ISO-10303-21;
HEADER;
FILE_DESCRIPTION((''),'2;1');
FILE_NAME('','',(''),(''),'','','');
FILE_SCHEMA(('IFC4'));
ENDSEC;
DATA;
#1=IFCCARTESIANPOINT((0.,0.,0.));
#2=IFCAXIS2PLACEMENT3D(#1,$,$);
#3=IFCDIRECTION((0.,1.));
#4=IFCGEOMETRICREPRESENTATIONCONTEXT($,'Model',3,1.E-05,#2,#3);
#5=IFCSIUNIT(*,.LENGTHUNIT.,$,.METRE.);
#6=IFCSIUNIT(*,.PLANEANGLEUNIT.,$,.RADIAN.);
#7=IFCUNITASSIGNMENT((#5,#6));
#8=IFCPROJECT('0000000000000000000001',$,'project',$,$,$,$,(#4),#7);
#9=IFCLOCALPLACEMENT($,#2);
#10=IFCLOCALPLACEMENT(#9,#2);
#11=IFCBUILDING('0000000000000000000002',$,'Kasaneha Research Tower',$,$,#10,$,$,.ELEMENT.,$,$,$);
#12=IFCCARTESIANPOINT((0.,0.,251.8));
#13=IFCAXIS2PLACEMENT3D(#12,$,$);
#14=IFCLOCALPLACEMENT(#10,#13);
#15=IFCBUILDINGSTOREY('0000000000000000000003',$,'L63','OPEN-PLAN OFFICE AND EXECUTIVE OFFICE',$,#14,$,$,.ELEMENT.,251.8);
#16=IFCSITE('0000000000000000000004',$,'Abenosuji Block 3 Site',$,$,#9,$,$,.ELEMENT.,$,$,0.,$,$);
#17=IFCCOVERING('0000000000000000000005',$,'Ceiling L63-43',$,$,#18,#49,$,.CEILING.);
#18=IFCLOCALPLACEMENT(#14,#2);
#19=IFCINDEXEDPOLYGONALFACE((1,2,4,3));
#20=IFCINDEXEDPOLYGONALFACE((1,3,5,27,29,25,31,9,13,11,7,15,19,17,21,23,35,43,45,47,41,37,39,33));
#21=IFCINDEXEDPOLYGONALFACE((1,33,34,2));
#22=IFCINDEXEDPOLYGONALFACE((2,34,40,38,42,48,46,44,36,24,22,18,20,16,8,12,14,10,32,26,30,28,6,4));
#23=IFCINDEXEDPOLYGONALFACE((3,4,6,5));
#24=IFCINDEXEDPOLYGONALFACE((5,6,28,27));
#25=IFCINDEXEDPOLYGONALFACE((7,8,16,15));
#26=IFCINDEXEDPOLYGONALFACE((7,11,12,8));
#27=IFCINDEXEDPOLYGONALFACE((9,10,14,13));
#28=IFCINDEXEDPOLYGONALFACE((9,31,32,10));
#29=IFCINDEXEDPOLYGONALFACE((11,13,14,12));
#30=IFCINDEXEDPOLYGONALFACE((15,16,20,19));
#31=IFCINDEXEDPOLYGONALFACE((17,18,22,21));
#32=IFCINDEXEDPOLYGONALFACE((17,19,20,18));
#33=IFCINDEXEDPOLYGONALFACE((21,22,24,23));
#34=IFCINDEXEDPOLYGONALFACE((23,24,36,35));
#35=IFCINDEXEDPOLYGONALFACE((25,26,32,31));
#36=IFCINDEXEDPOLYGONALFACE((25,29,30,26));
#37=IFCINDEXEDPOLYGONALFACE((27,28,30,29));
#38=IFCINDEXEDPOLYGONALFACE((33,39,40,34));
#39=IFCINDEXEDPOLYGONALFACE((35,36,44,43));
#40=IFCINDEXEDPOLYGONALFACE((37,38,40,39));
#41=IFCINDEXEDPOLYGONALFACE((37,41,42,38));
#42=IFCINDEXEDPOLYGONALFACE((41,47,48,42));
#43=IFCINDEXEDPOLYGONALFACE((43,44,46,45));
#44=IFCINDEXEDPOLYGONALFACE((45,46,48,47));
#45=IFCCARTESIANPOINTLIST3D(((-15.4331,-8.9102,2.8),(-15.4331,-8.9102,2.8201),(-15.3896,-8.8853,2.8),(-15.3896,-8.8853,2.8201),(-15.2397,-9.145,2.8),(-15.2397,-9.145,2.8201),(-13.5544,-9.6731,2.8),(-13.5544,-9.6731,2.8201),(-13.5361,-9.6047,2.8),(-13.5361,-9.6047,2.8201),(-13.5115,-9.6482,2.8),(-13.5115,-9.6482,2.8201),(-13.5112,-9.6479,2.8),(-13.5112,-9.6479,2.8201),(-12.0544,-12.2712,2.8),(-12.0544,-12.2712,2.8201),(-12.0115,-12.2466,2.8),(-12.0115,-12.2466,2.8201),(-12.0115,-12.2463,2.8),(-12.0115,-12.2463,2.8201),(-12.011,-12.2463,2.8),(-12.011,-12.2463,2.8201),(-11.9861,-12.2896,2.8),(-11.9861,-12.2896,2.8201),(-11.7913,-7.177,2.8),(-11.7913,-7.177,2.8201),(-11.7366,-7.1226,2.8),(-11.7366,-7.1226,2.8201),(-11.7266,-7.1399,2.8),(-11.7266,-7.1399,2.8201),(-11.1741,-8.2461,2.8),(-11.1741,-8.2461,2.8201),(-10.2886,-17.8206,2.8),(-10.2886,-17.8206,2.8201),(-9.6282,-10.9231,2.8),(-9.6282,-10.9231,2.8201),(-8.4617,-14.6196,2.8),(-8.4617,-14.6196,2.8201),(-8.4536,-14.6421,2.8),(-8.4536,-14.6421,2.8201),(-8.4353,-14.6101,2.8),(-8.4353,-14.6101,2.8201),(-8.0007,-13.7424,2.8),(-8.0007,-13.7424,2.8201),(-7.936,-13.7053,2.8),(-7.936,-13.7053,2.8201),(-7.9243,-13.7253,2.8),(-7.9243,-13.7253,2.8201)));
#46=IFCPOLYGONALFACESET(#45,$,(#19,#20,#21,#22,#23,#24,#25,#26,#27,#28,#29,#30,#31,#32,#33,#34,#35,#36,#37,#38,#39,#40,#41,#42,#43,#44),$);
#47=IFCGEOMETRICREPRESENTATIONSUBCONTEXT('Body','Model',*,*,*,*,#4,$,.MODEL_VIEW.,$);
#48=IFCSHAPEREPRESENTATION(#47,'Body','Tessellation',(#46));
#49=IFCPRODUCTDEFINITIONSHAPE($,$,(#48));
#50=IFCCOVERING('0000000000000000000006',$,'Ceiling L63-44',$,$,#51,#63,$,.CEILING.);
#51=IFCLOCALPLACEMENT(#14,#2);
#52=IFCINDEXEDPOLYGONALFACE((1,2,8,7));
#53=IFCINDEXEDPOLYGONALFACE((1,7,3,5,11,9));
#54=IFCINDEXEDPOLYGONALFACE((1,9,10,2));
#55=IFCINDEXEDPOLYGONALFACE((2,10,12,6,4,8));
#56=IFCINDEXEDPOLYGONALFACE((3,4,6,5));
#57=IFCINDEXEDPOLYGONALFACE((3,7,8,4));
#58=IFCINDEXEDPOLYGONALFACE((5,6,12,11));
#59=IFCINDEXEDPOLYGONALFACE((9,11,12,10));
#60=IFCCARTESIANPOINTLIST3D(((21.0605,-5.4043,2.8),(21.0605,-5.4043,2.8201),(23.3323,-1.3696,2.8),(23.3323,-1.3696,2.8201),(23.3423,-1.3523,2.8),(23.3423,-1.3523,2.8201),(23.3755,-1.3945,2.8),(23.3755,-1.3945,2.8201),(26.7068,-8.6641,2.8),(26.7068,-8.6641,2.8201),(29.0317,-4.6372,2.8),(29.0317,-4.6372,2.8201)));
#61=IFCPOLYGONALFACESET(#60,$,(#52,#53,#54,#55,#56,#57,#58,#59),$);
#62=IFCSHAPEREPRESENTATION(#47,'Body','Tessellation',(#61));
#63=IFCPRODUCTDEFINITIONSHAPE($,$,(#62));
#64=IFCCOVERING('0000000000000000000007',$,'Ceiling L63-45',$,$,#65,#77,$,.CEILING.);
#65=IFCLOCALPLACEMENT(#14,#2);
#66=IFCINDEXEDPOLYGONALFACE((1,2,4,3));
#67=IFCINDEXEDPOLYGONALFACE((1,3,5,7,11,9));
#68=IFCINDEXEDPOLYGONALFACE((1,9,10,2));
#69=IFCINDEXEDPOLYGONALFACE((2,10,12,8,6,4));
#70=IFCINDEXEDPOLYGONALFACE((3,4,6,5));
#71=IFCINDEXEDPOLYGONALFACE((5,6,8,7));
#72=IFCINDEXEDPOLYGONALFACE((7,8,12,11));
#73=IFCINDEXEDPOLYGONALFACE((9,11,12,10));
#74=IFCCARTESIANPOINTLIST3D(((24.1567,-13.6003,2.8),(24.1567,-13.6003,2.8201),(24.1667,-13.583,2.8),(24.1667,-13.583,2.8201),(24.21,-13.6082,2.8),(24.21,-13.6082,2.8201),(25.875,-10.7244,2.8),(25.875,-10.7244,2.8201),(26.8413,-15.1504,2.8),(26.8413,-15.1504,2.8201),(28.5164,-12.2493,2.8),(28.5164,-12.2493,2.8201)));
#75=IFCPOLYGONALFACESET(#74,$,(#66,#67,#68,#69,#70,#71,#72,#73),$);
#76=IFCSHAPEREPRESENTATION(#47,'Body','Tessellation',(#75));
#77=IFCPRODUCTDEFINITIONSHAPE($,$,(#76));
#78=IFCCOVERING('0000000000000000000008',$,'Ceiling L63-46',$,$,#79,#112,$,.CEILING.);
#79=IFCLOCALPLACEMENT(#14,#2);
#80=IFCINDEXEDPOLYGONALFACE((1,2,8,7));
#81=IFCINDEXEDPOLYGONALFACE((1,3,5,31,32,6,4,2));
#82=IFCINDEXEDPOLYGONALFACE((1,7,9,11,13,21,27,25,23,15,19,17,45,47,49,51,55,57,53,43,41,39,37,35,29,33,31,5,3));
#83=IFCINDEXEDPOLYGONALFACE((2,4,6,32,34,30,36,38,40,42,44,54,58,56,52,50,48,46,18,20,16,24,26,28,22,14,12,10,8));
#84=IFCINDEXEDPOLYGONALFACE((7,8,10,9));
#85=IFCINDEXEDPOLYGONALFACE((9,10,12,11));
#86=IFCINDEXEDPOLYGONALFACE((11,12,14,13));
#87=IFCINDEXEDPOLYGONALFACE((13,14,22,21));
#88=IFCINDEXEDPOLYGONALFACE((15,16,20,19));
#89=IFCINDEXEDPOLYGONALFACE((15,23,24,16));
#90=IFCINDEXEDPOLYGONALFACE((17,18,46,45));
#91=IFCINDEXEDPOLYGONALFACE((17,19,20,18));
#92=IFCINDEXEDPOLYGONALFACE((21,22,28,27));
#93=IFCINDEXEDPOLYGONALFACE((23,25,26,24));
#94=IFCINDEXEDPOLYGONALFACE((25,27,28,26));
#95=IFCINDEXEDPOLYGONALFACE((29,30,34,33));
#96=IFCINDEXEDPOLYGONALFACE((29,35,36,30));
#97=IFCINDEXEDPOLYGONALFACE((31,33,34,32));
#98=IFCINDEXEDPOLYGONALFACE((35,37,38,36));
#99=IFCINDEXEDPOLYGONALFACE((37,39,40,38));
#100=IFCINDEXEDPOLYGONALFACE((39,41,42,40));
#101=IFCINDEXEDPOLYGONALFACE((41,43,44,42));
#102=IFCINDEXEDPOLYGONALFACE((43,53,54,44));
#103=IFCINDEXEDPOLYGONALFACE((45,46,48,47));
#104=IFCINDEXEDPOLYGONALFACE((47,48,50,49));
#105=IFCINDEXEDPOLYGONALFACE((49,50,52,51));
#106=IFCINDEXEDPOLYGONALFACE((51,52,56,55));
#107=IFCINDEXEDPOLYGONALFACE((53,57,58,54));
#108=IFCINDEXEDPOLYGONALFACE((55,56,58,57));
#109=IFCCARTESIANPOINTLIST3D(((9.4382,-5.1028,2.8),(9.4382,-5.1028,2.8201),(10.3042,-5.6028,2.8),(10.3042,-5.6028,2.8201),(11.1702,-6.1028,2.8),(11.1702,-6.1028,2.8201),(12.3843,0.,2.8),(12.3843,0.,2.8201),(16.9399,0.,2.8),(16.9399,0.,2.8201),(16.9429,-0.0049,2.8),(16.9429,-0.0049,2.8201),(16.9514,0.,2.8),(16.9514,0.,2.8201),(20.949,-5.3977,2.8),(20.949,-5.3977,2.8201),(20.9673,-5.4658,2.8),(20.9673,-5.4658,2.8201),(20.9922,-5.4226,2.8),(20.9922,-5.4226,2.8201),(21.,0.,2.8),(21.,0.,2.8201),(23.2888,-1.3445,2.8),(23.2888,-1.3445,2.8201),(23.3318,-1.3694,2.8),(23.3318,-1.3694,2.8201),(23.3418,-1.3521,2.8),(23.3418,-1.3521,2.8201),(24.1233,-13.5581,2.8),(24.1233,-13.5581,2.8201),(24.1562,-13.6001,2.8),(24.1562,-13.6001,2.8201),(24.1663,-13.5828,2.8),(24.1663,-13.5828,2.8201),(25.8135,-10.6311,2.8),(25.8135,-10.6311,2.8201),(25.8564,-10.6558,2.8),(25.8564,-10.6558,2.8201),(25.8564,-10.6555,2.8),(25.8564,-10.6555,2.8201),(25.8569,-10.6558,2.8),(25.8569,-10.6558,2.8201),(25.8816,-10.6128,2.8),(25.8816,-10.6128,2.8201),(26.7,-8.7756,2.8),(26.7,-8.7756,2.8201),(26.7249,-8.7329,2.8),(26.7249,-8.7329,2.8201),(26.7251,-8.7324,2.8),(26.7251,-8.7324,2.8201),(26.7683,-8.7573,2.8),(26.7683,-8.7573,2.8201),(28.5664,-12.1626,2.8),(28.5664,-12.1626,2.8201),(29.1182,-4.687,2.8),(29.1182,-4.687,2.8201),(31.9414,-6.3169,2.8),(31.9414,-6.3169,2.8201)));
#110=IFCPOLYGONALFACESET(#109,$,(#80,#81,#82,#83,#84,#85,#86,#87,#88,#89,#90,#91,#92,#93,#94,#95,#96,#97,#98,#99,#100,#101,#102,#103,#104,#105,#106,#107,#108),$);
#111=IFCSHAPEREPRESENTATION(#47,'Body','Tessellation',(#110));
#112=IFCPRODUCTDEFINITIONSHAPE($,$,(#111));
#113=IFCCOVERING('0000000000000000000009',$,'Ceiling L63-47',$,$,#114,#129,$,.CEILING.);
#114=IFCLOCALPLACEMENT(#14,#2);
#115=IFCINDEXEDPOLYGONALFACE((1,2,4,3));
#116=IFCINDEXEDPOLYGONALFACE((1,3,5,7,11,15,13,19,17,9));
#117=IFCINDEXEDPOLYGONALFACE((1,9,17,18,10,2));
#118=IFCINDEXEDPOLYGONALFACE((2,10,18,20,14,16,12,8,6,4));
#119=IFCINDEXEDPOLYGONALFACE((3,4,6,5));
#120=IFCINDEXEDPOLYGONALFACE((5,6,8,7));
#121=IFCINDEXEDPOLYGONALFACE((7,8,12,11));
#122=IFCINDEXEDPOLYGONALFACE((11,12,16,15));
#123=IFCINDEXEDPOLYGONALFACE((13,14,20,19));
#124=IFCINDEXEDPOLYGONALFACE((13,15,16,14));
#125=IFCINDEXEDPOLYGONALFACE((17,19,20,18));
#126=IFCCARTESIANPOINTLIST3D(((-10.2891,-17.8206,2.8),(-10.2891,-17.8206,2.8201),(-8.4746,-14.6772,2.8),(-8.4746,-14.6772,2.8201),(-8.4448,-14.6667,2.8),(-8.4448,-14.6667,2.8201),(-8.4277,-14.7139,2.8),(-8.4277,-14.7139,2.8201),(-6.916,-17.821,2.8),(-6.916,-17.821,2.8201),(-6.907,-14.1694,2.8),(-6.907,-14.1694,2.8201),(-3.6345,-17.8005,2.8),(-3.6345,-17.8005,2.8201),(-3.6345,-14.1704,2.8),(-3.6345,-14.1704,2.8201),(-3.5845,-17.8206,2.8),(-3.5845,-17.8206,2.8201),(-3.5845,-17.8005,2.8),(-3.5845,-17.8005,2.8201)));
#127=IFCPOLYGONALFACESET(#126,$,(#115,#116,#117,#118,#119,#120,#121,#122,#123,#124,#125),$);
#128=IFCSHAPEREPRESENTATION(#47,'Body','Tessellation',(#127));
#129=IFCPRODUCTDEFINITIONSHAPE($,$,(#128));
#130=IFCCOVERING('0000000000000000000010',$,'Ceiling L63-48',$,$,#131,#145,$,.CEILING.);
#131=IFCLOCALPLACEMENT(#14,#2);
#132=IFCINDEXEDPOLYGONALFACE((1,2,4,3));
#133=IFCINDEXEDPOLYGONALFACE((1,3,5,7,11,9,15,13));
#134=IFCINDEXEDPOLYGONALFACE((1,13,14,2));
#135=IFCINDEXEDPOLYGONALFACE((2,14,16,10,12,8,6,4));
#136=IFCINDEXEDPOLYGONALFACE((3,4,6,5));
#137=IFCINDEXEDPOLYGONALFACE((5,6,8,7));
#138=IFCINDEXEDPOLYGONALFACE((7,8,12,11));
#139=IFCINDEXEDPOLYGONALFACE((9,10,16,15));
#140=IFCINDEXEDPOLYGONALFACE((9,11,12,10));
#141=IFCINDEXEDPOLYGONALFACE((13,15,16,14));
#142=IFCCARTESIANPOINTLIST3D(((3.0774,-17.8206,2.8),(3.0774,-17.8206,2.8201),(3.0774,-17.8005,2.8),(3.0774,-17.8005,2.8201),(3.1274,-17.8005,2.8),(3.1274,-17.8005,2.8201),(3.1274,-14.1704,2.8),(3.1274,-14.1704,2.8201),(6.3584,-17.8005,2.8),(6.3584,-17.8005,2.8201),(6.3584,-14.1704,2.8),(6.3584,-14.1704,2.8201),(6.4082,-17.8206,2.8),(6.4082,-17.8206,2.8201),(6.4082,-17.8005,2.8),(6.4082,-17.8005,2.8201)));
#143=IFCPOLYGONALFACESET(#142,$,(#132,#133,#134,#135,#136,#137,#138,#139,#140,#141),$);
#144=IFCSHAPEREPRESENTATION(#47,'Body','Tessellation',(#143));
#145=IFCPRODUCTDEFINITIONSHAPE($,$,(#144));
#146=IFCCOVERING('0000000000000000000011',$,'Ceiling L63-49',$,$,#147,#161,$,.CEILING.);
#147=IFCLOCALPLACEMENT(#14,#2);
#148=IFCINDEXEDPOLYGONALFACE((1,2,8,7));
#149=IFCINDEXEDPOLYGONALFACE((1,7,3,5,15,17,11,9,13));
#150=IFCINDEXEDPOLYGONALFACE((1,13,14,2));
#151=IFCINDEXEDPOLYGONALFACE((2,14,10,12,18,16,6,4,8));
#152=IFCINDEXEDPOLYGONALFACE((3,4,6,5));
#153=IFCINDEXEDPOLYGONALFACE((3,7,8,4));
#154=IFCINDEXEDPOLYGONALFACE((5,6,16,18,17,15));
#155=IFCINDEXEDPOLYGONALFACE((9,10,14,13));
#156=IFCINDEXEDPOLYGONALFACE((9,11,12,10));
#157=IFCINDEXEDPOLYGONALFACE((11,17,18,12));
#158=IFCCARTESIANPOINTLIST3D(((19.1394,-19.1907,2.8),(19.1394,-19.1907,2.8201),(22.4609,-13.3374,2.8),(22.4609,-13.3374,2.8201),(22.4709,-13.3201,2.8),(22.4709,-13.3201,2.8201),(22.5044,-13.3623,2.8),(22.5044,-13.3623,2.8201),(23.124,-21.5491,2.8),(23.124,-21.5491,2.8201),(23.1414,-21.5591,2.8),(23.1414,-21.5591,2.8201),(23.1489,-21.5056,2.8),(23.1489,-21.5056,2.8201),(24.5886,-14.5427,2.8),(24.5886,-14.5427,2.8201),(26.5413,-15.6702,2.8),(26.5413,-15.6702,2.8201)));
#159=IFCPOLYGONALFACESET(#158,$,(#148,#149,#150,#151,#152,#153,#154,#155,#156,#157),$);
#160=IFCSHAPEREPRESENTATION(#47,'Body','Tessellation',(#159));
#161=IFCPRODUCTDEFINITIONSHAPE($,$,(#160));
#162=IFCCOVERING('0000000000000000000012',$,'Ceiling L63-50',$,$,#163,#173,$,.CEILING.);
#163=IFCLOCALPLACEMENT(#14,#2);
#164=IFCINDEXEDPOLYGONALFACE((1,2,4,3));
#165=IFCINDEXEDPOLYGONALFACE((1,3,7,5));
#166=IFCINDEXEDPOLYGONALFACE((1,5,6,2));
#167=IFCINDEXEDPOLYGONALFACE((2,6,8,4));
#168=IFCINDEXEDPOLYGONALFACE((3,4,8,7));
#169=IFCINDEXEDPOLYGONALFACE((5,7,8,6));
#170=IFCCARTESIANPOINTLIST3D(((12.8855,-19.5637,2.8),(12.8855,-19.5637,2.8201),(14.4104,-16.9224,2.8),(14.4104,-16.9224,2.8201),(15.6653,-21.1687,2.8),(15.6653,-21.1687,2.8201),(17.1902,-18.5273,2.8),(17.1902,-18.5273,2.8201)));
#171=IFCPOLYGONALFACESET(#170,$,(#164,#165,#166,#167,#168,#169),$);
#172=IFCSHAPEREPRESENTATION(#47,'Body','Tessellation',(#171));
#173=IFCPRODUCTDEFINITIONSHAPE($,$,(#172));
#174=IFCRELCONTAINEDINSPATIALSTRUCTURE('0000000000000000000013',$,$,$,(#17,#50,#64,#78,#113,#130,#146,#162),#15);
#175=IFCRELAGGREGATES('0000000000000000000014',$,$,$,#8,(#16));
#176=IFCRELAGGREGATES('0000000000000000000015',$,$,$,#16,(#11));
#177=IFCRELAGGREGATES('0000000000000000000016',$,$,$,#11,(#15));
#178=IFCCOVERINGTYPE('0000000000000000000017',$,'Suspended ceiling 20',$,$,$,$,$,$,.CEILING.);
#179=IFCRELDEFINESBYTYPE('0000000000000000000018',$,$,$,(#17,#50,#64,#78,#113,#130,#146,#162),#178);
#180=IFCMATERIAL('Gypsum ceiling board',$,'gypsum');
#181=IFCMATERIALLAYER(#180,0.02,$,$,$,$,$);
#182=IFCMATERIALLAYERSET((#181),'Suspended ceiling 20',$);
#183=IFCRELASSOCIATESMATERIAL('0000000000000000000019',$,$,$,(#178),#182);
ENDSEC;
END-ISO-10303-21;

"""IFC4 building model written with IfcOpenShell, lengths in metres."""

from ifc_helpers import new_model, si_unit, direction, frame, origin, place, context, subcontext, project, spatial, polyline, outline, extrude, material, layer, layer_set, type_object, element, save


model = new_model("IFC4")

# Units and contexts
model_context = context("Model", 3, precision=1e-05, world=origin(), true_north=direction((0.0, 1.0)))
body_context = subcontext(model_context, "Body", "Model", "MODEL_VIEW")
ifc_project = project(units=[si_unit("LENGTHUNIT", "METRE"), si_unit("PLANEANGLEUNIT", "RADIAN")], contexts=[model_context])

# Site, building, storey
site_placement = place(None, origin())
site = spatial("IfcSite", under=ifc_project, at=site_placement, Name="Abenosuji Block 3 Site", CompositionType="ELEMENT", RefElevation=0.0)
building_placement = place(site_placement, origin())
building = spatial("IfcBuilding", under=site, at=building_placement, Name="Kasaneha Research Tower", CompositionType="ELEMENT")
storey_placement = place(building_placement, frame((0.0, 0.0, 251.8)))
storey = spatial("IfcBuildingStorey", under=building, at=storey_placement, Name="L63", Description="OPEN-PLAN OFFICE AND EXECUTIVE OFFICE", CompositionType="ELEMENT", Elevation=251.8)

# Coverings
ifc_material_1 = material(Name="Gypsum ceiling board", Category="gypsum")
ifc_layer_1 = layer(ifc_material_1, 0.02)
ifc_layer_set_1 = layer_set([ifc_layer_1], Name="Suspended ceiling 20")
covering_type_1 = type_object("IfcCoveringType", Name="Suspended ceiling 20", PredefinedType="CEILING", material=ifc_layer_set_1)
covering_1_placement = place(storey_placement, frame((0.0, 0.0, 2.8)))
element("IfcCovering", 1, at=covering_1_placement, inside=storey, type_object=covering_type_1, Name="Ceiling L63-43", PredefinedType="CEILING", context=body_context, shape_type="SweptSolid", body=[
    extrude(outline(polyline([(-11.7266, -7.1399), (-11.7913, -7.177), (-11.1741, -8.2461), (-13.5361, -9.6047), (-13.5112, -9.6479), (-13.5115, -9.6482), (-13.5115, -9.6482), (-13.5544, -9.6731), (-12.0544, -12.2712), (-12.0115, -12.2463), (-12.0115, -12.2466), (-12.011, -12.2463), (-11.9861, -12.2896), (-9.6282, -10.9231), (-8.0007, -13.7424), (-7.936, -13.7053), (-7.9243, -13.7253), (-8.4353, -14.6101), (-8.4617, -14.6196), (-8.4536, -14.6421), (-10.2886, -17.8206), (-15.4331, -8.9102), (-15.3896, -8.8853), (-15.2397, -9.145), (-15.2397, -9.145), (-15.2397, -9.145), (-11.7366, -7.1226), (-11.7266, -7.1399)])), origin(), (0.0, 0.0, 1.0), 0.02),
])
covering_2_placement = place(storey_placement, frame((0.0, 0.0, 2.8)))
element("IfcCovering", 2, at=covering_2_placement, inside=storey, type_object=covering_type_1, Name="Ceiling L63-44", PredefinedType="CEILING", context=body_context, shape_type="SweptSolid", body=[
    extrude(outline(polyline([(29.0317, -4.6372), (26.7068, -8.6641), (21.0605, -5.4043), (23.3755, -1.3945), (23.3323, -1.3696), (23.3423, -1.3523), (29.0317, -4.6372)])), origin(), (0.0, 0.0, 1.0), 0.02),
])
covering_3_placement = place(storey_placement, frame((0.0, 0.0, 2.8)))
element("IfcCovering", 3, at=covering_3_placement, inside=storey, type_object=covering_type_1, Name="Ceiling L63-45", PredefinedType="CEILING", context=body_context, shape_type="SweptSolid", body=[
    extrude(outline(polyline([(24.1567, -13.6003), (24.1667, -13.583), (24.21, -13.6082), (25.875, -10.7244), (28.5164, -12.2493), (26.8413, -15.1504), (24.1567, -13.6003)])), origin(), (0.0, 0.0, 1.0), 0.02),
])
covering_4_placement = place(storey_placement, frame((0.0, 0.0, 2.8)))
element("IfcCovering", 4, at=covering_4_placement, inside=storey, type_object=covering_type_1, Name="Ceiling L63-46", PredefinedType="CEILING", context=body_context, shape_type="SweptSolid", body=[
    extrude(outline(polyline([(10.3042, -5.6028), (10.3042, -5.6028), (9.4382, -5.1028), (12.3843, 0.0), (16.9399, 0.0), (16.9429, -0.0049), (16.9514, 0.0), (21.0, 0.0), (23.3418, -1.3521), (23.3318, -1.3694), (23.2888, -1.3445), (20.949, -5.3977), (20.9922, -5.4226), (20.9673, -5.4658), (26.7, -8.7756), (26.7249, -8.7329), (26.7249, -8.7329), (26.7251, -8.7324), (26.7683, -8.7573), (29.1182, -4.687), (31.9414, -6.3169), (28.5664, -12.1626), (25.8816, -10.6128), (25.8569, -10.6558), (25.8564, -10.6555), (25.8564, -10.6558), (25.8135, -10.6311), (24.1233, -13.5581), (24.1663, -13.5828), (24.1562, -13.6001), (11.1702, -6.1028), (11.1702, -6.1028), (10.3042, -5.6028)])), origin(), (0.0, 0.0, 1.0), 0.02),
])
covering_5_placement = place(storey_placement, frame((0.0, 0.0, 2.8)))
element("IfcCovering", 5, at=covering_5_placement, inside=storey, type_object=covering_type_1, Name="Ceiling L63-47", PredefinedType="CEILING", context=body_context, shape_type="SweptSolid", body=[
    extrude(outline(polyline([(-10.2891, -17.8206), (-8.4746, -14.6772), (-8.4448, -14.6667), (-8.4277, -14.7139), (-6.907, -14.1694), (-3.6345, -14.1704), (-3.6345, -17.8005), (-3.5845, -17.8005), (-3.5845, -17.8206), (-6.916, -17.821), (-10.2891, -17.8206)])), origin(), (0.0, 0.0, 1.0), 0.02),
])
covering_6_placement = place(storey_placement, frame((0.0, 0.0, 2.8)))
element("IfcCovering", 6, at=covering_6_placement, inside=storey, type_object=covering_type_1, Name="Ceiling L63-48", PredefinedType="CEILING", context=body_context, shape_type="SweptSolid", body=[
    extrude(outline(polyline([(3.0774, -17.8206), (3.0774, -17.8005), (3.1274, -17.8005), (3.1274, -14.1704), (6.3584, -14.1704), (6.3584, -17.8005), (6.4082, -17.8005), (6.4082, -17.8206), (3.0774, -17.8206)])), origin(), (0.0, 0.0, 1.0), 0.02),
])
covering_7_placement = place(storey_placement, frame((0.0, 0.0, 2.8)))
element("IfcCovering", 7, at=covering_7_placement, inside=storey, type_object=covering_type_1, Name="Ceiling L63-49", PredefinedType="CEILING", context=body_context, shape_type="SweptSolid", body=[
    extrude(outline(polyline([(23.1414, -21.5591), (23.124, -21.5491), (23.1489, -21.5056), (19.1394, -19.1907), (22.5044, -13.3623), (22.4609, -13.3374), (22.4709, -13.3201), (24.5886, -14.5427), (26.5413, -15.6702), (23.1414, -21.5591)])), origin(), (0.0, 0.0, 1.0), 0.02),
])
covering_8_placement = place(storey_placement, frame((0.0, 0.0, 2.8)))
element("IfcCovering", 8, at=covering_8_placement, inside=storey, type_object=covering_type_1, Name="Ceiling L63-50", PredefinedType="CEILING", context=body_context, shape_type="SweptSolid", body=[
    extrude(outline(polyline([(12.8855, -19.5637), (14.4104, -16.9224), (17.1902, -18.5273), (15.6653, -21.1687), (12.8855, -19.5637)])), origin(), (0.0, 0.0, 1.0), 0.02),
])

save(model, "model.ifc")
